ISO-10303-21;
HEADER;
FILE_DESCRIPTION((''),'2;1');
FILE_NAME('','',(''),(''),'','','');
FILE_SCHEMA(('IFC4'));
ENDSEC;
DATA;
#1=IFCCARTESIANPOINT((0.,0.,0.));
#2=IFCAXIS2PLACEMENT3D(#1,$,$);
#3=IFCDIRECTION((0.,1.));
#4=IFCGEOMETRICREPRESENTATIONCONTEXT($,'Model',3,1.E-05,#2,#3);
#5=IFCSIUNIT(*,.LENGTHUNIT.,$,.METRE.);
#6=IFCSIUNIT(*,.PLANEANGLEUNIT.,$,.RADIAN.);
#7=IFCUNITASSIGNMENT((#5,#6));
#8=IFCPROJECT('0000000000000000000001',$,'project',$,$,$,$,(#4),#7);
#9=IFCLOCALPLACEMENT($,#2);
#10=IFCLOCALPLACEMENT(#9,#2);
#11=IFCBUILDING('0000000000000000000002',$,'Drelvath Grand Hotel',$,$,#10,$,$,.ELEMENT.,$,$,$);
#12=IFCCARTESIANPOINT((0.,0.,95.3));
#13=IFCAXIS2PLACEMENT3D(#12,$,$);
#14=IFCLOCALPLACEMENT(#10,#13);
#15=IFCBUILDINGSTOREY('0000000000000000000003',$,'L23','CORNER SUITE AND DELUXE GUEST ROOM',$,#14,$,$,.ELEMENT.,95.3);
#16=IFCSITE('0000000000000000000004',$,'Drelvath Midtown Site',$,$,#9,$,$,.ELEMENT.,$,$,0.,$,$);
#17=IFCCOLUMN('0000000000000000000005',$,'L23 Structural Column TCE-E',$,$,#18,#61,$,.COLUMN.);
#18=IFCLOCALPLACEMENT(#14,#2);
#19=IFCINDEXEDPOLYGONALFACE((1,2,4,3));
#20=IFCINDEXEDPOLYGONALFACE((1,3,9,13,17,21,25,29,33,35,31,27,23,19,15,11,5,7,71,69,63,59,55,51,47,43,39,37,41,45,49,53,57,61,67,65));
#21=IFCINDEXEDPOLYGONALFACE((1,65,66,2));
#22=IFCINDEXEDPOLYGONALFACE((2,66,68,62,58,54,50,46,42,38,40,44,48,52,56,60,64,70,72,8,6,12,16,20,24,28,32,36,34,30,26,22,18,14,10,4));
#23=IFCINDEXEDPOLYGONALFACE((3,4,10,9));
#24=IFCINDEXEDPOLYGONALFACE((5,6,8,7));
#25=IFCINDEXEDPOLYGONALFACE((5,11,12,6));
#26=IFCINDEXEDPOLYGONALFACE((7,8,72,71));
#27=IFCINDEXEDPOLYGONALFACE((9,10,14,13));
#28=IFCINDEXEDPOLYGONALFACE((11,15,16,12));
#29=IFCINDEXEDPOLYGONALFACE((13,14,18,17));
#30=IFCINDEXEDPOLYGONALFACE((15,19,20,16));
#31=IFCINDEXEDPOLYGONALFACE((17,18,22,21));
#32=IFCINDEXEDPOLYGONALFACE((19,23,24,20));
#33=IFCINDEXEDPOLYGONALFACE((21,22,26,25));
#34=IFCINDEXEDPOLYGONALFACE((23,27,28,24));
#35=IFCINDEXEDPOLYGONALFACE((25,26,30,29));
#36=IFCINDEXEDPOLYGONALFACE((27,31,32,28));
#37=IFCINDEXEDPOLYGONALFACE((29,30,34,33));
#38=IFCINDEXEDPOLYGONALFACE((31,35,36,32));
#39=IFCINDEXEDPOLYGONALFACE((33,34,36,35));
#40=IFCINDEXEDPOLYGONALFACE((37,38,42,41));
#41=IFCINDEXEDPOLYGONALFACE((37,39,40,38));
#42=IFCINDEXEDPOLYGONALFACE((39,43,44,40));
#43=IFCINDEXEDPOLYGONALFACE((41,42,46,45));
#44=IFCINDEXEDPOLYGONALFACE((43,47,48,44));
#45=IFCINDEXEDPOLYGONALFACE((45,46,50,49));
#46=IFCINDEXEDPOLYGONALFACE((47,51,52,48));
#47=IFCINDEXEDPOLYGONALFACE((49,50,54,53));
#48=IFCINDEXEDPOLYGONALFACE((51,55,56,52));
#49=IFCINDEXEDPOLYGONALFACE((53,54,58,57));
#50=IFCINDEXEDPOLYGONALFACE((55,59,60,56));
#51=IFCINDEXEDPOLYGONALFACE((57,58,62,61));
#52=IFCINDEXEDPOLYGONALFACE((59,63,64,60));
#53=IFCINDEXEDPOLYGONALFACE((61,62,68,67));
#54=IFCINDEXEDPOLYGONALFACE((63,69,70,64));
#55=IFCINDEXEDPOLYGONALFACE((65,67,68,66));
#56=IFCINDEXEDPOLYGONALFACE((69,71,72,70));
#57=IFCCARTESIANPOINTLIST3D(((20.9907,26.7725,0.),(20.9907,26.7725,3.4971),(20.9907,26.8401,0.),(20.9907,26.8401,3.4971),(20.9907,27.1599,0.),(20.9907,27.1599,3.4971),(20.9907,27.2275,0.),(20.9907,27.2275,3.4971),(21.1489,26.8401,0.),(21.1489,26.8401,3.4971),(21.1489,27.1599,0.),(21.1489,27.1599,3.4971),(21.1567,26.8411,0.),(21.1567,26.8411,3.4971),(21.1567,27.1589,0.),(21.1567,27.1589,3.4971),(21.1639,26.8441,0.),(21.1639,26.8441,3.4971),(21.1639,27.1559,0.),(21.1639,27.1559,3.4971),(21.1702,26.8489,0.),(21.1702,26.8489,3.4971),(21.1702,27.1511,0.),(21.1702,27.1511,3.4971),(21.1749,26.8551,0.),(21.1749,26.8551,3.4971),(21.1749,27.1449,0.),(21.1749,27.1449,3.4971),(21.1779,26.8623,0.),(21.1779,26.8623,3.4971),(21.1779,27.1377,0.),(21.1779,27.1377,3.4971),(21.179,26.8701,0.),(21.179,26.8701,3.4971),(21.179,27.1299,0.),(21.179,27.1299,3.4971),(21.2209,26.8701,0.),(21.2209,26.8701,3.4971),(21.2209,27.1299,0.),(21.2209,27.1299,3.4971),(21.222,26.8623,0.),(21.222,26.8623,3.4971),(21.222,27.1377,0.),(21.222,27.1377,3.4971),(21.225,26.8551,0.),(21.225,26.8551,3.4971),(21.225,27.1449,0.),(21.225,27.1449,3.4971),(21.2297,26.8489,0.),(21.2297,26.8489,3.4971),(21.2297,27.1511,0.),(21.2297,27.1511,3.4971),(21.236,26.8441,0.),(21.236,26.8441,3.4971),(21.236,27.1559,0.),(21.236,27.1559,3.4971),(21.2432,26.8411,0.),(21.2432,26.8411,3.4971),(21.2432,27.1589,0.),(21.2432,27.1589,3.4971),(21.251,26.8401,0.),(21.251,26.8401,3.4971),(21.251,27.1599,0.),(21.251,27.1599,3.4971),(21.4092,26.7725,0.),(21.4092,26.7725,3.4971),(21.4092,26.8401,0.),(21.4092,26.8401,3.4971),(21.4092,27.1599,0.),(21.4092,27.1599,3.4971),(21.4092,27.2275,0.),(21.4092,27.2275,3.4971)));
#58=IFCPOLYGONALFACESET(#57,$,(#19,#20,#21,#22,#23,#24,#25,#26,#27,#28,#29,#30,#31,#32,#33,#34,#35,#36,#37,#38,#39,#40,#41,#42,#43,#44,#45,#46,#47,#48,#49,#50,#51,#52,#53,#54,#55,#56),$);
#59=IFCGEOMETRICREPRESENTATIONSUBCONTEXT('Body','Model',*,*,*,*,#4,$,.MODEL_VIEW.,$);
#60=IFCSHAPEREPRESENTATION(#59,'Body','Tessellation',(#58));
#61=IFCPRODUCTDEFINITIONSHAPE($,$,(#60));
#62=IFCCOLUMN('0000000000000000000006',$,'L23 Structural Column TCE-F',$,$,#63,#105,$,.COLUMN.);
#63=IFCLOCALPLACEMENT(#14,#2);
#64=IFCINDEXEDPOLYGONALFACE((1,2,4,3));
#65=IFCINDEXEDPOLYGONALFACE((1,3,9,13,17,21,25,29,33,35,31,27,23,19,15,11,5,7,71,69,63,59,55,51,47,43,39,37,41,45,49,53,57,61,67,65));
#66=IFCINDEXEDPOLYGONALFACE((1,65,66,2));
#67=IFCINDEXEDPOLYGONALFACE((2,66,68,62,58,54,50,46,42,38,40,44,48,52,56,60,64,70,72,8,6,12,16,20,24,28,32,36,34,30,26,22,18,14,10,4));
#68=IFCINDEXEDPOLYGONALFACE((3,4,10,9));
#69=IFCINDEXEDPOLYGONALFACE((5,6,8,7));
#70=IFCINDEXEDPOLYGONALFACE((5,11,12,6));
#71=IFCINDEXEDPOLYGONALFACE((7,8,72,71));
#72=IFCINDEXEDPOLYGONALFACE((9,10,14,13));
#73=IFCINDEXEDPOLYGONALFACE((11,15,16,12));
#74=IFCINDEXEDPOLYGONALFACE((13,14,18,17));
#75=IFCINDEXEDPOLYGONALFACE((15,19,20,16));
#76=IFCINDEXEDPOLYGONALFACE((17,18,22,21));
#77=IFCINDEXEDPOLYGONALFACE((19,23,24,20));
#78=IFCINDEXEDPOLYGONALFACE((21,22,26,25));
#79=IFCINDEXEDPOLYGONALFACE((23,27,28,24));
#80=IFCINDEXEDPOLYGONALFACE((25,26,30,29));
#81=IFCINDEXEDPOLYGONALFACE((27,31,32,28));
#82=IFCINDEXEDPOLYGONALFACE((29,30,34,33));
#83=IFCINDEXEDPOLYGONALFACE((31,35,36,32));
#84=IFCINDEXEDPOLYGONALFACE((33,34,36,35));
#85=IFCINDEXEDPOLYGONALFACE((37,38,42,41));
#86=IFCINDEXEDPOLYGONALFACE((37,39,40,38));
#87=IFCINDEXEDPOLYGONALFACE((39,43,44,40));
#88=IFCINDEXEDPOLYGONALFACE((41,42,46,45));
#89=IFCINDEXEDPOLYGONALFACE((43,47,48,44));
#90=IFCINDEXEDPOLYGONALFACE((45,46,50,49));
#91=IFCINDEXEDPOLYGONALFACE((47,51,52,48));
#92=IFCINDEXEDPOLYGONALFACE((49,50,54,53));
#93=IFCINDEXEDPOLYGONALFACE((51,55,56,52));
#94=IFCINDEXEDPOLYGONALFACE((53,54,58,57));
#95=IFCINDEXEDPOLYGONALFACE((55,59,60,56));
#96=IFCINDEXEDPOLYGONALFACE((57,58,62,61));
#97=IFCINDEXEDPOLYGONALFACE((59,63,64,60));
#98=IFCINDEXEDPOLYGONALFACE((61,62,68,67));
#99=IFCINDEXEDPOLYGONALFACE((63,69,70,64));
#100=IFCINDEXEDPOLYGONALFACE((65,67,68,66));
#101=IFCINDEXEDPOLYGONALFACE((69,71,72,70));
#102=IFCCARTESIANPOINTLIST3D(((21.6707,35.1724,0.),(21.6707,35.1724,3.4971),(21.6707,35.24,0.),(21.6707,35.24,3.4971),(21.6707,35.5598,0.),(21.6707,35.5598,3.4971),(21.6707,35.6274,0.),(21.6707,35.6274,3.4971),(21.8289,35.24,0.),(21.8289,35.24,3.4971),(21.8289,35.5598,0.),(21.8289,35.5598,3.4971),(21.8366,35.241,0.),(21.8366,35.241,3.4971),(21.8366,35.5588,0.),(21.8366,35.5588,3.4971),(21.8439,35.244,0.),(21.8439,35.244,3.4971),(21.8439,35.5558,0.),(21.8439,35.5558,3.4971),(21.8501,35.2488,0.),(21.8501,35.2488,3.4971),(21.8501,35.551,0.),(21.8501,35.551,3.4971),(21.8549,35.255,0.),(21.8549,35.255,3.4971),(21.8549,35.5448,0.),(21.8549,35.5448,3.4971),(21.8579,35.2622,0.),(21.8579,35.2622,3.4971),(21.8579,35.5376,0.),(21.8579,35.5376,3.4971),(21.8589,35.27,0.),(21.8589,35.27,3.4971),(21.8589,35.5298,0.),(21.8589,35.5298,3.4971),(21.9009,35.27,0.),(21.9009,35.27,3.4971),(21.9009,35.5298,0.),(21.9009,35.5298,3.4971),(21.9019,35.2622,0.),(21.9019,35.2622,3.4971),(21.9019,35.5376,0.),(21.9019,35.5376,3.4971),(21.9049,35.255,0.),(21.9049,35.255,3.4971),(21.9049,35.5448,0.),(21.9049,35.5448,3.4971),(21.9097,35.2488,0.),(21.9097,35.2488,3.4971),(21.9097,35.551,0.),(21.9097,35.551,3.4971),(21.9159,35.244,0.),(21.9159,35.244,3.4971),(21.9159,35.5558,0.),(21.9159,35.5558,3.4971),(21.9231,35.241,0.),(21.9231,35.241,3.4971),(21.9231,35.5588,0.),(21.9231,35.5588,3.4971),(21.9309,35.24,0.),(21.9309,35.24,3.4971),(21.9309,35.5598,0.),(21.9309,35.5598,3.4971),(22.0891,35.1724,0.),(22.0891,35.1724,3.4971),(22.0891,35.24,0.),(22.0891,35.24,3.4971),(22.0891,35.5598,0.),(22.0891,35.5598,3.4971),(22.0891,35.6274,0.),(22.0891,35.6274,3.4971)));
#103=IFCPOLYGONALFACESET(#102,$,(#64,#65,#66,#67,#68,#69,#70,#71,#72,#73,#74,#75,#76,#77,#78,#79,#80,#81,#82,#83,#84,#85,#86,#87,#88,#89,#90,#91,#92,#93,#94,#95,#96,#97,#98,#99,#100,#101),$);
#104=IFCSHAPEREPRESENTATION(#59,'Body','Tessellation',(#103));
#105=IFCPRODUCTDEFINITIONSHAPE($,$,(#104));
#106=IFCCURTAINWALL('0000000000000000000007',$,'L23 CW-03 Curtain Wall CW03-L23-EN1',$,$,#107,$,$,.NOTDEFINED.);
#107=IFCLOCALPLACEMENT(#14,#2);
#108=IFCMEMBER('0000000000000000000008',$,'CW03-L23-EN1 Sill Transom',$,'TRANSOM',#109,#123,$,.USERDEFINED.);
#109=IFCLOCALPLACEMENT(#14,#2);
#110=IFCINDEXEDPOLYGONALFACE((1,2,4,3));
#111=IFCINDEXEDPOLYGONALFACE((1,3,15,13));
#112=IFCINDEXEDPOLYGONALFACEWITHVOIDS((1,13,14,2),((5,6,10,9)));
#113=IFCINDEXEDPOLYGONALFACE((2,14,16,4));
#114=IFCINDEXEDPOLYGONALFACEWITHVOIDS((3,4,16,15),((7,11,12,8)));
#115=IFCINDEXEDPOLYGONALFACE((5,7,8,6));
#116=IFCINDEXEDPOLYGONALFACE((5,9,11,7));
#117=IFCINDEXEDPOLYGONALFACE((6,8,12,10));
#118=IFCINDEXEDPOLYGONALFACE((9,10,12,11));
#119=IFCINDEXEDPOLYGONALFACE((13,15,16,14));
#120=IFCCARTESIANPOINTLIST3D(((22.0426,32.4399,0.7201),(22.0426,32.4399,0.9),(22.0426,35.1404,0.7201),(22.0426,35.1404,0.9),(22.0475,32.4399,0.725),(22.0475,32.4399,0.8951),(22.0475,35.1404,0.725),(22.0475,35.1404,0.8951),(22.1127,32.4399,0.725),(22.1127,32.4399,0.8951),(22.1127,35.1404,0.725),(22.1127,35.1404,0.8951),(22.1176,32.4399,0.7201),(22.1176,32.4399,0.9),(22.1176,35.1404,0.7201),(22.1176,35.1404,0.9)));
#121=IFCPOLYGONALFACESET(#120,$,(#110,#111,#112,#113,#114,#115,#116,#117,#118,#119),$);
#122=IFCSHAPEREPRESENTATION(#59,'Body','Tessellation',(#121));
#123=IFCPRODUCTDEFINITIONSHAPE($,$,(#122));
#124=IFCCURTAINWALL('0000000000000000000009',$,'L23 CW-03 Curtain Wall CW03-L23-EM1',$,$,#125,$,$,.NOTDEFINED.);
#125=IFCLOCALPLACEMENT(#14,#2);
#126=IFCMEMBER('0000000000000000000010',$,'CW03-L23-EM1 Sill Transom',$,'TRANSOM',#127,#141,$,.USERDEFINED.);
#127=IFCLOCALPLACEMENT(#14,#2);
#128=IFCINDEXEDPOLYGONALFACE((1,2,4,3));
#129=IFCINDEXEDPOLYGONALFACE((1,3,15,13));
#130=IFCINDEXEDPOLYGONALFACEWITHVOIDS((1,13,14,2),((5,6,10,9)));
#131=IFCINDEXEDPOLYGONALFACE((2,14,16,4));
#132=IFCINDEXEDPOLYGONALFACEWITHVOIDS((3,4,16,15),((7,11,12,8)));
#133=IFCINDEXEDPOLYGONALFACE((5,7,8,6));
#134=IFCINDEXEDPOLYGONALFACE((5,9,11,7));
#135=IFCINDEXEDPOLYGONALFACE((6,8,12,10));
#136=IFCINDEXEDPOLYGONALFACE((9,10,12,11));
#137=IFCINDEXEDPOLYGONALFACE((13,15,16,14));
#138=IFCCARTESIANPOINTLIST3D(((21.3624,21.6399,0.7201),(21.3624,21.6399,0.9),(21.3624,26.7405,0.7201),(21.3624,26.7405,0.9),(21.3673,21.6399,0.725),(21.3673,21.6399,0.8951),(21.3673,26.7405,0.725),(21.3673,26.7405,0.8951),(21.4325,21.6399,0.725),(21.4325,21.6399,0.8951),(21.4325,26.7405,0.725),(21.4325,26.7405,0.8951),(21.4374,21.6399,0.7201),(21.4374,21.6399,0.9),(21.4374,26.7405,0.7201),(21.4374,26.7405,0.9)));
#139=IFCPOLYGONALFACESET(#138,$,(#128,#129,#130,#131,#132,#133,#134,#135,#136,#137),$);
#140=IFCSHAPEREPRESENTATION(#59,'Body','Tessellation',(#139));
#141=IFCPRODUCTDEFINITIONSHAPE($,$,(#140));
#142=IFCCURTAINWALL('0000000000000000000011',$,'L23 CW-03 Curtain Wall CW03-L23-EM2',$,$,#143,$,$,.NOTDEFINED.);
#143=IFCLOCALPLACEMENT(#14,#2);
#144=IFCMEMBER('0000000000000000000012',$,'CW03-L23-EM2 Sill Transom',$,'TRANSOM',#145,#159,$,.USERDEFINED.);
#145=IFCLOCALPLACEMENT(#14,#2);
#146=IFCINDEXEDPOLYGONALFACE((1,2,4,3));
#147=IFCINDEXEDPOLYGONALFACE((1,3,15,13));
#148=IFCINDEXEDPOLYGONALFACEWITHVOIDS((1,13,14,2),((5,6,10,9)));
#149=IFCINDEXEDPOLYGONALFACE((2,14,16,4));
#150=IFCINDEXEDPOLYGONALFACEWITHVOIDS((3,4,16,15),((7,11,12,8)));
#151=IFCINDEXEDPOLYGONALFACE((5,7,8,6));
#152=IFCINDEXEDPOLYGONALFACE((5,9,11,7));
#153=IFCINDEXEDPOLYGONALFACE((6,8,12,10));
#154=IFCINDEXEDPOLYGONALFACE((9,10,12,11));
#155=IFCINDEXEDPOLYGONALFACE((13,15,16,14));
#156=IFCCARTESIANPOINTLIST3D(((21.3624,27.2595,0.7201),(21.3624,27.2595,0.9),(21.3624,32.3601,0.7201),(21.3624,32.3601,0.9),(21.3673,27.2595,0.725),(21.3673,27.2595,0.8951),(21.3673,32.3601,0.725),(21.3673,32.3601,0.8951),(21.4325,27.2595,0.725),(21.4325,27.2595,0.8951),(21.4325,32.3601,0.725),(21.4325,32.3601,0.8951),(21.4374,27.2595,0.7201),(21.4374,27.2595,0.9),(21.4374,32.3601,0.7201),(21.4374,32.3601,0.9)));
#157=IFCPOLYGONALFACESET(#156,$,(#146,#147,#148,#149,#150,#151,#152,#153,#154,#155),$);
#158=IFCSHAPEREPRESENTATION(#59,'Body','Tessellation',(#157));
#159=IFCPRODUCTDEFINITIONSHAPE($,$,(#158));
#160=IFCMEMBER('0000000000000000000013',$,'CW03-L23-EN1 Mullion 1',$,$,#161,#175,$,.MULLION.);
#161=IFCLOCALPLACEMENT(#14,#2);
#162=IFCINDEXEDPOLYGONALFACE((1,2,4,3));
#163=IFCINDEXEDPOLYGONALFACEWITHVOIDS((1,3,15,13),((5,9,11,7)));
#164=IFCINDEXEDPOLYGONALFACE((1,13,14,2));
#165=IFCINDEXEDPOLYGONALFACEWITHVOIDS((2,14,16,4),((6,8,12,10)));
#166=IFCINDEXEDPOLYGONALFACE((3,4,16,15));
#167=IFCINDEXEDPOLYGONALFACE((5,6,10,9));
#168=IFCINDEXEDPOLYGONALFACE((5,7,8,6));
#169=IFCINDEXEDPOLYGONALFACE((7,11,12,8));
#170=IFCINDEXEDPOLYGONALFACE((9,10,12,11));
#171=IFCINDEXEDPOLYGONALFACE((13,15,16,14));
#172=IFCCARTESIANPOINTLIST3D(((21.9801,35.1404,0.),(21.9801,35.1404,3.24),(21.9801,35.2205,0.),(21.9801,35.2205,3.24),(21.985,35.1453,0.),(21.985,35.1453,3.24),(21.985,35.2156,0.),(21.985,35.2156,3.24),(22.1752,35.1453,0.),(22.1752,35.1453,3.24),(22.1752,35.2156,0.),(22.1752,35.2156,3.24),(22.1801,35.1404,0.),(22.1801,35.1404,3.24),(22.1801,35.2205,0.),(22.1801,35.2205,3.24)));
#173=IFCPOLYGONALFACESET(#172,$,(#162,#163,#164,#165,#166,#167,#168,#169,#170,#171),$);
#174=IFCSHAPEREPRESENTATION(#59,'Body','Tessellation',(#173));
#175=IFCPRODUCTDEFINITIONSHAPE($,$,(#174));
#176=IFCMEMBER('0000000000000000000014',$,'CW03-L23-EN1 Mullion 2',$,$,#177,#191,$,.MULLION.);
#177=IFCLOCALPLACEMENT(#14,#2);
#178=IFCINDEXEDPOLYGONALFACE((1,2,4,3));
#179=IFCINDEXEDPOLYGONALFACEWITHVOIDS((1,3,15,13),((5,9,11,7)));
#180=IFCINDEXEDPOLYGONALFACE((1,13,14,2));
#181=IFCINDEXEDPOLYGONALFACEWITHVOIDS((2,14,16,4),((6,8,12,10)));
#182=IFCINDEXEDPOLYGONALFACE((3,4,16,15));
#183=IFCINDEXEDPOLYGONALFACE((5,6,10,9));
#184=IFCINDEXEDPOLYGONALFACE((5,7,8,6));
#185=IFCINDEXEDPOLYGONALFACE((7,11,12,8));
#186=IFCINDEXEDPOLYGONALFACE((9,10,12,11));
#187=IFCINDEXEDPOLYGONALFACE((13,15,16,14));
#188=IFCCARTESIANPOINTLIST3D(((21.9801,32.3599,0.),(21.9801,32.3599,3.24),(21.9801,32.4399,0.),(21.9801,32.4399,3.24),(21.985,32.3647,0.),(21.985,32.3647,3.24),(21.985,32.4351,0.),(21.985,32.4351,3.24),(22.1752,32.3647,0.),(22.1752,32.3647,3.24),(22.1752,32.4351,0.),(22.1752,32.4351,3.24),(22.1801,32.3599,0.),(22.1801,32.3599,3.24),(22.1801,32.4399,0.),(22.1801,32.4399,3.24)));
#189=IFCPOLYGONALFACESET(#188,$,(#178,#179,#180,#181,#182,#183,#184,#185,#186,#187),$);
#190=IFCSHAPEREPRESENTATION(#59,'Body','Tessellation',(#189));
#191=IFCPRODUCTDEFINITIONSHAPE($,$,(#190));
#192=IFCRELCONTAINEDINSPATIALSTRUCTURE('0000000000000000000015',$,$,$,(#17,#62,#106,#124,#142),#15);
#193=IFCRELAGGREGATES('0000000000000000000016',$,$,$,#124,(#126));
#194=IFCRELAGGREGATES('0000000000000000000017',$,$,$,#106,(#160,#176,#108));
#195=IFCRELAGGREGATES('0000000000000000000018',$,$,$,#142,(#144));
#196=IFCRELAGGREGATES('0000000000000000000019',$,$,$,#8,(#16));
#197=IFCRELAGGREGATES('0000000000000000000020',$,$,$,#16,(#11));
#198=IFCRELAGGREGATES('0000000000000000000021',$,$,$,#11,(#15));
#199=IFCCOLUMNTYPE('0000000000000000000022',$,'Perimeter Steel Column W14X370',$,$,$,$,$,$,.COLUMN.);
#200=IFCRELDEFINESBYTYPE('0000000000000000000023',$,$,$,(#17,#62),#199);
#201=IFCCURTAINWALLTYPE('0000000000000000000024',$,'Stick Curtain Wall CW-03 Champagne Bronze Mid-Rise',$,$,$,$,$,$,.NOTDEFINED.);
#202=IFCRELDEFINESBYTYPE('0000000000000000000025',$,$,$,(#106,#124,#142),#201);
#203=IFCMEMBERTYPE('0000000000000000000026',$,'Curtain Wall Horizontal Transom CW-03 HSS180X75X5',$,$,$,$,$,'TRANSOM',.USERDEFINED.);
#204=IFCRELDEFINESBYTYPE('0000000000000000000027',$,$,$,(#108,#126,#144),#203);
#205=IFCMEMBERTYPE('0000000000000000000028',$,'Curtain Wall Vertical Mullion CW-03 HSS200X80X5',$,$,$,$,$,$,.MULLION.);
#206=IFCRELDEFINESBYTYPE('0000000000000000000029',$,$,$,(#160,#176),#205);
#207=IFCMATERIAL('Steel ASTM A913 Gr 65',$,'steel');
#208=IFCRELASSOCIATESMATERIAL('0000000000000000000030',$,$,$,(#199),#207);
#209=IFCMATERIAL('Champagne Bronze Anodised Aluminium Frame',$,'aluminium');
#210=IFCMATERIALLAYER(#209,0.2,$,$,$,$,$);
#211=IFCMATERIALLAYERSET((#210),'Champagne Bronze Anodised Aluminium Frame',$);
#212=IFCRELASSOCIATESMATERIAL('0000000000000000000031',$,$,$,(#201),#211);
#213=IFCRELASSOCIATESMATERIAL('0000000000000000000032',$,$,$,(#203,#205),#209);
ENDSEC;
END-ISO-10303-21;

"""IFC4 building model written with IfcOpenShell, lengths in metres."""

from ifc_helpers import new_model, si_unit, direction, frame, origin, origin_2d, place, context, subcontext, project, spatial, hollow_rectangle, i_section, extrude, material, layer, layer_set, material_profile, profile_set, type_object, element, aggregate, save


model = new_model("IFC4")

# Units and contexts
model_context = context("Model", 3, precision=1e-05, world=origin(), true_north=direction((0.0, 1.0)))
body_context = subcontext(model_context, "Body", "Model", "MODEL_VIEW")
ifc_project = project(units=[si_unit("LENGTHUNIT", "METRE"), si_unit("PLANEANGLEUNIT", "RADIAN")], contexts=[model_context])

# Site, building, storey
site_placement = place(None, origin())
site = spatial("IfcSite", under=ifc_project, at=site_placement, Name="Drelvath Midtown Site", CompositionType="ELEMENT", RefElevation=0.0)
building_placement = place(site_placement, origin())
building = spatial("IfcBuilding", under=site, at=building_placement, Name="Drelvath Grand Hotel", CompositionType="ELEMENT")
storey_placement = place(building_placement, frame((0.0, 0.0, 95.3)))
storey = spatial("IfcBuildingStorey", under=building, at=storey_placement, Name="L23", Description="CORNER SUITE AND DELUXE GUEST ROOM", CompositionType="ELEMENT", Elevation=95.3)

# Columns
ifc_material_1 = material(Name="Steel ASTM A913 Gr 65", Category="steel")
ifc_material_profile_1 = material_profile(ifc_material_1, i_section(OverallWidth=0.4185, OverallDepth=0.4551, WebThickness=0.042, FlangeThickness=0.0676, FilletRadius=0.03, at=origin_2d()), Name="W14X370")
ifc_profile_set_1 = profile_set([ifc_material_profile_1], Name="Steel ASTM A913 Gr 65")
column_type = type_object("IfcColumnType", Name="Perimeter Steel Column W14X370", PredefinedType="COLUMN", material=ifc_profile_set_1)
for number, where, z_axis, x_axis, name in (
    (1, (21.2, 27.0, 0.0), (0.0, 0.0, 1.0), (1.0, 0.0, 0.0), "L23 Structural Column TCE-E"),
    (2, (21.8799, 35.3999, 0.0), (0.0, 0.0, 1.0), (1.0, 0.0, 0.0), "L23 Structural Column TCE-F"),
):
    element("IfcColumn", number, at=place(storey_placement, frame(where, z_axis=z_axis, x_axis=x_axis)), inside=storey, type_object=column_type, Name=name, PredefinedType="COLUMN", context=body_context, shape_type="SweptSolid", body=[
        extrude(i_section(OverallWidth=0.4185, OverallDepth=0.4551, WebThickness=0.042, FlangeThickness=0.0676, FilletRadius=0.03, at=origin_2d()), origin(), (0.0, 0.0, 1.0), 3.4971),
    ])

# Curtain walls, members
ifc_material_2 = material(Name="Champagne Bronze Anodised Aluminium Frame", Category="aluminium")
ifc_layer_1 = layer(ifc_material_2, 0.2)
ifc_layer_set_1 = layer_set([ifc_layer_1], Name="Champagne Bronze Anodised Aluminium Frame")
curtain_wall_type = type_object("IfcCurtainWallType", Name="Stick Curtain Wall CW-03 Champagne Bronze Mid-Rise", PredefinedType="NOTDEFINED", material=ifc_layer_set_1)
curtain_wall_1_placement = place(storey_placement, origin())
curtain_wall_1 = element("IfcCurtainWall", 3, at=curtain_wall_1_placement, inside=storey, type_object=curtain_wall_type, Name="L23 CW-03 Curtain Wall CW03-L23-EN1", PredefinedType="NOTDEFINED")
ifc_material_profile_2 = material_profile(ifc_material_2, hollow_rectangle(XDim=0.075, YDim=0.1799, WallThickness=0.0049, at=origin_2d()), Name="HSS180X75X5")
ifc_profile_set_2 = profile_set([ifc_material_profile_2], Name="Champagne Bronze Anodised Aluminium Frame")
member_type_1 = type_object("IfcMemberType", Name="Curtain Wall Horizontal Transom CW-03 HSS180X75X5", ElementType="TRANSOM", PredefinedType="USERDEFINED", material=ifc_profile_set_2)
member_1_placement = place(storey_placement, frame((22.0801, 35.1404, 0.8101), z_axis=(0.0, -1.0, 0.0), x_axis=(1.0, 0.0, 0.0)))
member_1 = element("IfcMember", 4, at=member_1_placement, type_object=member_type_1, Name="CW03-L23-EN1 Sill Transom", ObjectType="TRANSOM", PredefinedType="USERDEFINED", context=body_context, shape_type="SweptSolid", body=[
    extrude(hollow_rectangle(XDim=0.075, YDim=0.1799, WallThickness=0.0049, at=origin_2d()), origin(), (0.0, 0.0, 1.0), 2.7004),
])
curtain_wall_2_placement = place(storey_placement, origin())
curtain_wall_2 = element("IfcCurtainWall", 5, at=curtain_wall_2_placement, inside=storey, type_object=curtain_wall_type, Name="L23 CW-03 Curtain Wall CW03-L23-EM1", PredefinedType="NOTDEFINED")
member_2_placement = place(storey_placement, frame((21.3999, 26.7405, 0.8101), z_axis=(0.0, -1.0, 0.0), x_axis=(1.0, 0.0, 0.0)))
member_2 = element("IfcMember", 6, at=member_2_placement, type_object=member_type_1, Name="CW03-L23-EM1 Sill Transom", ObjectType="TRANSOM", PredefinedType="USERDEFINED", context=body_context, shape_type="SweptSolid", body=[
    extrude(hollow_rectangle(XDim=0.075, YDim=0.1799, WallThickness=0.0049, at=origin_2d()), origin(), (0.0, 0.0, 1.0), 5.1006),
])
curtain_wall_3_placement = place(storey_placement, origin())
curtain_wall_3 = element("IfcCurtainWall", 7, at=curtain_wall_3_placement, inside=storey, type_object=curtain_wall_type, Name="L23 CW-03 Curtain Wall CW03-L23-EM2", PredefinedType="NOTDEFINED")
member_3_placement = place(storey_placement, frame((21.3999, 32.3601, 0.8101), z_axis=(0.0, -1.0, 0.0), x_axis=(1.0, 0.0, 0.0)))
member_3 = element("IfcMember", 8, at=member_3_placement, type_object=member_type_1, Name="CW03-L23-EM2 Sill Transom", ObjectType="TRANSOM", PredefinedType="USERDEFINED", context=body_context, shape_type="SweptSolid", body=[
    extrude(hollow_rectangle(XDim=0.075, YDim=0.1799, WallThickness=0.0049, at=origin_2d()), origin(), (0.0, 0.0, 1.0), 5.1006),
])

# Members
ifc_material_profile_3 = material_profile(ifc_material_2, hollow_rectangle(XDim=0.0801, YDim=0.2, WallThickness=0.0049, at=origin_2d()), Name="HSS200X80X5")
ifc_profile_set_3 = profile_set([ifc_material_profile_3], Name="Champagne Bronze Anodised Aluminium Frame")
member_type_2 = type_object("IfcMemberType", Name="Curtain Wall Vertical Mullion CW-03 HSS200X80X5", PredefinedType="MULLION", material=ifc_profile_set_3)
member_4_placement = place(storey_placement, frame((22.0801, 35.1804, 0.0), z_axis=(0.0, 0.0, 1.0), x_axis=(0.0, 1.0, 0.0)))
member_4 = element("IfcMember", 9, at=member_4_placement, type_object=member_type_2, Name="CW03-L23-EN1 Mullion 1", PredefinedType="MULLION", context=body_context, shape_type="SweptSolid", body=[
    extrude(hollow_rectangle(XDim=0.0801, YDim=0.2, WallThickness=0.0049, at=origin_2d()), origin(), (0.0, 0.0, 1.0), 3.24),
])
member_5_placement = place(storey_placement, frame((22.0801, 32.3999, 0.0), z_axis=(0.0, 0.0, 1.0), x_axis=(0.0, 1.0, 0.0)))
member_5 = element("IfcMember", 10, at=member_5_placement, type_object=member_type_2, Name="CW03-L23-EN1 Mullion 2", PredefinedType="MULLION", context=body_context, shape_type="SweptSolid", body=[
    extrude(hollow_rectangle(XDim=0.0801, YDim=0.2, WallThickness=0.0049, at=origin_2d()), origin(), (0.0, 0.0, 1.0), 3.24),
])

aggregate(curtain_wall_2, [member_2])

aggregate(curtain_wall_1, [member_4, member_5, member_1])
aggregate(curtain_wall_3, [member_3])

save(model, "model.ifc")
